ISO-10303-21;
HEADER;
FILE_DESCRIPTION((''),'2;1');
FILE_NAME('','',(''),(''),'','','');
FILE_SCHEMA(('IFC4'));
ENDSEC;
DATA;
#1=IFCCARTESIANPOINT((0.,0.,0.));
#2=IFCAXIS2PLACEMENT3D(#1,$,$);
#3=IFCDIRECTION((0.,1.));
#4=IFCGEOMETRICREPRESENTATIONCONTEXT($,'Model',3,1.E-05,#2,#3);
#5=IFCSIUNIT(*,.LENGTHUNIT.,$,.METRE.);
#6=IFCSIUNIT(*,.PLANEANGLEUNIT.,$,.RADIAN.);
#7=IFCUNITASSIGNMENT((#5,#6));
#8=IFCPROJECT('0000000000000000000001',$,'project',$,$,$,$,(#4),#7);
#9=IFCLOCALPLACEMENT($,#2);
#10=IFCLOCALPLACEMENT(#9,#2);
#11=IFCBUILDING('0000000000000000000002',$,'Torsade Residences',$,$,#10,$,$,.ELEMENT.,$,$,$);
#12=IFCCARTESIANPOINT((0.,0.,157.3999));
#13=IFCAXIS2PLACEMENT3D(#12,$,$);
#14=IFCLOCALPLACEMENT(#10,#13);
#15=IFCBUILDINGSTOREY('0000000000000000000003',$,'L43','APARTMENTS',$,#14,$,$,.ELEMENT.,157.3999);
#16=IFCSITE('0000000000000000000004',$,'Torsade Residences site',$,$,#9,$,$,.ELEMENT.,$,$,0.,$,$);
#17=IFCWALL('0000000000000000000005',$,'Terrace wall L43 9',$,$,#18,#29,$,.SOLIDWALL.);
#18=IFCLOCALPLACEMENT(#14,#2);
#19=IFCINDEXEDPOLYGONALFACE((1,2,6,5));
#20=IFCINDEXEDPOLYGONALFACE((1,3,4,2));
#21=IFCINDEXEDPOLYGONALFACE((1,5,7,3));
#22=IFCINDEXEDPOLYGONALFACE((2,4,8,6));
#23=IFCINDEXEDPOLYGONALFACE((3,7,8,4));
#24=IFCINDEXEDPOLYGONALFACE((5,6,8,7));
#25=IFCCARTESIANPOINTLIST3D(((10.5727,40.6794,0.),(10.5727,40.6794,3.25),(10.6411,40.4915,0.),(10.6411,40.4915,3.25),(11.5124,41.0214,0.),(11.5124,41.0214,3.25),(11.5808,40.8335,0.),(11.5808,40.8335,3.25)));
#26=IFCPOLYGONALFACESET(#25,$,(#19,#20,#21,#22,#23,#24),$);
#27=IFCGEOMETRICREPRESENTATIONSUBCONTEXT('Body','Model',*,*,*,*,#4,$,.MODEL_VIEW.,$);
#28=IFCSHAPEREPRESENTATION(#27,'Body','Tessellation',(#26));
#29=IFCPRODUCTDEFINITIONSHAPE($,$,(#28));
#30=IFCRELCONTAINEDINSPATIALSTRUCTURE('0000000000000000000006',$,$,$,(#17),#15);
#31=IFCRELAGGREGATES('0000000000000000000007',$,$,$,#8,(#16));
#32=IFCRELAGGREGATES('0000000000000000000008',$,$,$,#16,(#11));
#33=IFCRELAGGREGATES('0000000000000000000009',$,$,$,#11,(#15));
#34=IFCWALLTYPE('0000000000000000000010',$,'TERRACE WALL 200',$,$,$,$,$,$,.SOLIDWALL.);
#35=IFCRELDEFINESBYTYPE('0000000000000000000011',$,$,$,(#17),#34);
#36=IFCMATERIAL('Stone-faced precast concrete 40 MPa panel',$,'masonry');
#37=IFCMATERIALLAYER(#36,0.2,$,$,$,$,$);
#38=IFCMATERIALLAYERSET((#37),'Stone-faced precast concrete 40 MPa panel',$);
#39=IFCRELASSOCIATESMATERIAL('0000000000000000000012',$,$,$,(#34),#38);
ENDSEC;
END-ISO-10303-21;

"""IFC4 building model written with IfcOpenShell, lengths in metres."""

from ifc_helpers import new_model, si_unit, direction, frame, frame_2d, origin, place, context, subcontext, project, spatial, rectangle, extrude, material, layer, layer_set, type_object, element, save


model = new_model("IFC4")

# Units and contexts
model_context = context("Model", 3, precision=1e-05, world=origin(), true_north=direction((0.0, 1.0)))
body_context = subcontext(model_context, "Body", "Model", "MODEL_VIEW")
ifc_project = project(units=[si_unit("LENGTHUNIT", "METRE"), si_unit("PLANEANGLEUNIT", "RADIAN")], contexts=[model_context])

# Site, building, storey
site_placement = place(None, origin())
site = spatial("IfcSite", under=ifc_project, at=site_placement, Name="Torsade Residences site", CompositionType="ELEMENT", RefElevation=0.0)
building_placement = place(site_placement, origin())
building = spatial("IfcBuilding", under=site, at=building_placement, Name="Torsade Residences", CompositionType="ELEMENT")
storey_placement = place(building_placement, frame((0.0, 0.0, 157.3999)))
storey = spatial("IfcBuildingStorey", under=building, at=storey_placement, Name="L43", Description="APARTMENTS", CompositionType="ELEMENT", Elevation=157.3999)

# Wall
ifc_material_1 = material(Name="Stone-faced precast concrete 40 MPa panel", Category="masonry")
ifc_layer_1 = layer(ifc_material_1, 0.2)
ifc_layer_set_1 = layer_set([ifc_layer_1], Name="Stone-faced precast concrete 40 MPa panel")
wall_type_1 = type_object("IfcWallType", Name="TERRACE WALL 200", PredefinedType="SOLIDWALL", material=ifc_layer_set_1)
wall_1_placement = place(storey_placement, frame((11.5466, 40.9275, 0.0), z_axis=(0.0, 0.0, 1.0), x_axis=(-0.939686, -0.342037, 0.0)))
element("IfcWall", 1, at=wall_1_placement, inside=storey, type_object=wall_type_1, Name="Terrace wall L43 9", PredefinedType="SOLIDWALL", context=body_context, shape_type="SweptSolid", body=[
    extrude(rectangle(XDim=1.0, YDim=0.2, at=frame_2d((0.5, 0.0))), origin(), (0.0, 0.0, 1.0), 3.25),
])

save(model, "model.ifc")
